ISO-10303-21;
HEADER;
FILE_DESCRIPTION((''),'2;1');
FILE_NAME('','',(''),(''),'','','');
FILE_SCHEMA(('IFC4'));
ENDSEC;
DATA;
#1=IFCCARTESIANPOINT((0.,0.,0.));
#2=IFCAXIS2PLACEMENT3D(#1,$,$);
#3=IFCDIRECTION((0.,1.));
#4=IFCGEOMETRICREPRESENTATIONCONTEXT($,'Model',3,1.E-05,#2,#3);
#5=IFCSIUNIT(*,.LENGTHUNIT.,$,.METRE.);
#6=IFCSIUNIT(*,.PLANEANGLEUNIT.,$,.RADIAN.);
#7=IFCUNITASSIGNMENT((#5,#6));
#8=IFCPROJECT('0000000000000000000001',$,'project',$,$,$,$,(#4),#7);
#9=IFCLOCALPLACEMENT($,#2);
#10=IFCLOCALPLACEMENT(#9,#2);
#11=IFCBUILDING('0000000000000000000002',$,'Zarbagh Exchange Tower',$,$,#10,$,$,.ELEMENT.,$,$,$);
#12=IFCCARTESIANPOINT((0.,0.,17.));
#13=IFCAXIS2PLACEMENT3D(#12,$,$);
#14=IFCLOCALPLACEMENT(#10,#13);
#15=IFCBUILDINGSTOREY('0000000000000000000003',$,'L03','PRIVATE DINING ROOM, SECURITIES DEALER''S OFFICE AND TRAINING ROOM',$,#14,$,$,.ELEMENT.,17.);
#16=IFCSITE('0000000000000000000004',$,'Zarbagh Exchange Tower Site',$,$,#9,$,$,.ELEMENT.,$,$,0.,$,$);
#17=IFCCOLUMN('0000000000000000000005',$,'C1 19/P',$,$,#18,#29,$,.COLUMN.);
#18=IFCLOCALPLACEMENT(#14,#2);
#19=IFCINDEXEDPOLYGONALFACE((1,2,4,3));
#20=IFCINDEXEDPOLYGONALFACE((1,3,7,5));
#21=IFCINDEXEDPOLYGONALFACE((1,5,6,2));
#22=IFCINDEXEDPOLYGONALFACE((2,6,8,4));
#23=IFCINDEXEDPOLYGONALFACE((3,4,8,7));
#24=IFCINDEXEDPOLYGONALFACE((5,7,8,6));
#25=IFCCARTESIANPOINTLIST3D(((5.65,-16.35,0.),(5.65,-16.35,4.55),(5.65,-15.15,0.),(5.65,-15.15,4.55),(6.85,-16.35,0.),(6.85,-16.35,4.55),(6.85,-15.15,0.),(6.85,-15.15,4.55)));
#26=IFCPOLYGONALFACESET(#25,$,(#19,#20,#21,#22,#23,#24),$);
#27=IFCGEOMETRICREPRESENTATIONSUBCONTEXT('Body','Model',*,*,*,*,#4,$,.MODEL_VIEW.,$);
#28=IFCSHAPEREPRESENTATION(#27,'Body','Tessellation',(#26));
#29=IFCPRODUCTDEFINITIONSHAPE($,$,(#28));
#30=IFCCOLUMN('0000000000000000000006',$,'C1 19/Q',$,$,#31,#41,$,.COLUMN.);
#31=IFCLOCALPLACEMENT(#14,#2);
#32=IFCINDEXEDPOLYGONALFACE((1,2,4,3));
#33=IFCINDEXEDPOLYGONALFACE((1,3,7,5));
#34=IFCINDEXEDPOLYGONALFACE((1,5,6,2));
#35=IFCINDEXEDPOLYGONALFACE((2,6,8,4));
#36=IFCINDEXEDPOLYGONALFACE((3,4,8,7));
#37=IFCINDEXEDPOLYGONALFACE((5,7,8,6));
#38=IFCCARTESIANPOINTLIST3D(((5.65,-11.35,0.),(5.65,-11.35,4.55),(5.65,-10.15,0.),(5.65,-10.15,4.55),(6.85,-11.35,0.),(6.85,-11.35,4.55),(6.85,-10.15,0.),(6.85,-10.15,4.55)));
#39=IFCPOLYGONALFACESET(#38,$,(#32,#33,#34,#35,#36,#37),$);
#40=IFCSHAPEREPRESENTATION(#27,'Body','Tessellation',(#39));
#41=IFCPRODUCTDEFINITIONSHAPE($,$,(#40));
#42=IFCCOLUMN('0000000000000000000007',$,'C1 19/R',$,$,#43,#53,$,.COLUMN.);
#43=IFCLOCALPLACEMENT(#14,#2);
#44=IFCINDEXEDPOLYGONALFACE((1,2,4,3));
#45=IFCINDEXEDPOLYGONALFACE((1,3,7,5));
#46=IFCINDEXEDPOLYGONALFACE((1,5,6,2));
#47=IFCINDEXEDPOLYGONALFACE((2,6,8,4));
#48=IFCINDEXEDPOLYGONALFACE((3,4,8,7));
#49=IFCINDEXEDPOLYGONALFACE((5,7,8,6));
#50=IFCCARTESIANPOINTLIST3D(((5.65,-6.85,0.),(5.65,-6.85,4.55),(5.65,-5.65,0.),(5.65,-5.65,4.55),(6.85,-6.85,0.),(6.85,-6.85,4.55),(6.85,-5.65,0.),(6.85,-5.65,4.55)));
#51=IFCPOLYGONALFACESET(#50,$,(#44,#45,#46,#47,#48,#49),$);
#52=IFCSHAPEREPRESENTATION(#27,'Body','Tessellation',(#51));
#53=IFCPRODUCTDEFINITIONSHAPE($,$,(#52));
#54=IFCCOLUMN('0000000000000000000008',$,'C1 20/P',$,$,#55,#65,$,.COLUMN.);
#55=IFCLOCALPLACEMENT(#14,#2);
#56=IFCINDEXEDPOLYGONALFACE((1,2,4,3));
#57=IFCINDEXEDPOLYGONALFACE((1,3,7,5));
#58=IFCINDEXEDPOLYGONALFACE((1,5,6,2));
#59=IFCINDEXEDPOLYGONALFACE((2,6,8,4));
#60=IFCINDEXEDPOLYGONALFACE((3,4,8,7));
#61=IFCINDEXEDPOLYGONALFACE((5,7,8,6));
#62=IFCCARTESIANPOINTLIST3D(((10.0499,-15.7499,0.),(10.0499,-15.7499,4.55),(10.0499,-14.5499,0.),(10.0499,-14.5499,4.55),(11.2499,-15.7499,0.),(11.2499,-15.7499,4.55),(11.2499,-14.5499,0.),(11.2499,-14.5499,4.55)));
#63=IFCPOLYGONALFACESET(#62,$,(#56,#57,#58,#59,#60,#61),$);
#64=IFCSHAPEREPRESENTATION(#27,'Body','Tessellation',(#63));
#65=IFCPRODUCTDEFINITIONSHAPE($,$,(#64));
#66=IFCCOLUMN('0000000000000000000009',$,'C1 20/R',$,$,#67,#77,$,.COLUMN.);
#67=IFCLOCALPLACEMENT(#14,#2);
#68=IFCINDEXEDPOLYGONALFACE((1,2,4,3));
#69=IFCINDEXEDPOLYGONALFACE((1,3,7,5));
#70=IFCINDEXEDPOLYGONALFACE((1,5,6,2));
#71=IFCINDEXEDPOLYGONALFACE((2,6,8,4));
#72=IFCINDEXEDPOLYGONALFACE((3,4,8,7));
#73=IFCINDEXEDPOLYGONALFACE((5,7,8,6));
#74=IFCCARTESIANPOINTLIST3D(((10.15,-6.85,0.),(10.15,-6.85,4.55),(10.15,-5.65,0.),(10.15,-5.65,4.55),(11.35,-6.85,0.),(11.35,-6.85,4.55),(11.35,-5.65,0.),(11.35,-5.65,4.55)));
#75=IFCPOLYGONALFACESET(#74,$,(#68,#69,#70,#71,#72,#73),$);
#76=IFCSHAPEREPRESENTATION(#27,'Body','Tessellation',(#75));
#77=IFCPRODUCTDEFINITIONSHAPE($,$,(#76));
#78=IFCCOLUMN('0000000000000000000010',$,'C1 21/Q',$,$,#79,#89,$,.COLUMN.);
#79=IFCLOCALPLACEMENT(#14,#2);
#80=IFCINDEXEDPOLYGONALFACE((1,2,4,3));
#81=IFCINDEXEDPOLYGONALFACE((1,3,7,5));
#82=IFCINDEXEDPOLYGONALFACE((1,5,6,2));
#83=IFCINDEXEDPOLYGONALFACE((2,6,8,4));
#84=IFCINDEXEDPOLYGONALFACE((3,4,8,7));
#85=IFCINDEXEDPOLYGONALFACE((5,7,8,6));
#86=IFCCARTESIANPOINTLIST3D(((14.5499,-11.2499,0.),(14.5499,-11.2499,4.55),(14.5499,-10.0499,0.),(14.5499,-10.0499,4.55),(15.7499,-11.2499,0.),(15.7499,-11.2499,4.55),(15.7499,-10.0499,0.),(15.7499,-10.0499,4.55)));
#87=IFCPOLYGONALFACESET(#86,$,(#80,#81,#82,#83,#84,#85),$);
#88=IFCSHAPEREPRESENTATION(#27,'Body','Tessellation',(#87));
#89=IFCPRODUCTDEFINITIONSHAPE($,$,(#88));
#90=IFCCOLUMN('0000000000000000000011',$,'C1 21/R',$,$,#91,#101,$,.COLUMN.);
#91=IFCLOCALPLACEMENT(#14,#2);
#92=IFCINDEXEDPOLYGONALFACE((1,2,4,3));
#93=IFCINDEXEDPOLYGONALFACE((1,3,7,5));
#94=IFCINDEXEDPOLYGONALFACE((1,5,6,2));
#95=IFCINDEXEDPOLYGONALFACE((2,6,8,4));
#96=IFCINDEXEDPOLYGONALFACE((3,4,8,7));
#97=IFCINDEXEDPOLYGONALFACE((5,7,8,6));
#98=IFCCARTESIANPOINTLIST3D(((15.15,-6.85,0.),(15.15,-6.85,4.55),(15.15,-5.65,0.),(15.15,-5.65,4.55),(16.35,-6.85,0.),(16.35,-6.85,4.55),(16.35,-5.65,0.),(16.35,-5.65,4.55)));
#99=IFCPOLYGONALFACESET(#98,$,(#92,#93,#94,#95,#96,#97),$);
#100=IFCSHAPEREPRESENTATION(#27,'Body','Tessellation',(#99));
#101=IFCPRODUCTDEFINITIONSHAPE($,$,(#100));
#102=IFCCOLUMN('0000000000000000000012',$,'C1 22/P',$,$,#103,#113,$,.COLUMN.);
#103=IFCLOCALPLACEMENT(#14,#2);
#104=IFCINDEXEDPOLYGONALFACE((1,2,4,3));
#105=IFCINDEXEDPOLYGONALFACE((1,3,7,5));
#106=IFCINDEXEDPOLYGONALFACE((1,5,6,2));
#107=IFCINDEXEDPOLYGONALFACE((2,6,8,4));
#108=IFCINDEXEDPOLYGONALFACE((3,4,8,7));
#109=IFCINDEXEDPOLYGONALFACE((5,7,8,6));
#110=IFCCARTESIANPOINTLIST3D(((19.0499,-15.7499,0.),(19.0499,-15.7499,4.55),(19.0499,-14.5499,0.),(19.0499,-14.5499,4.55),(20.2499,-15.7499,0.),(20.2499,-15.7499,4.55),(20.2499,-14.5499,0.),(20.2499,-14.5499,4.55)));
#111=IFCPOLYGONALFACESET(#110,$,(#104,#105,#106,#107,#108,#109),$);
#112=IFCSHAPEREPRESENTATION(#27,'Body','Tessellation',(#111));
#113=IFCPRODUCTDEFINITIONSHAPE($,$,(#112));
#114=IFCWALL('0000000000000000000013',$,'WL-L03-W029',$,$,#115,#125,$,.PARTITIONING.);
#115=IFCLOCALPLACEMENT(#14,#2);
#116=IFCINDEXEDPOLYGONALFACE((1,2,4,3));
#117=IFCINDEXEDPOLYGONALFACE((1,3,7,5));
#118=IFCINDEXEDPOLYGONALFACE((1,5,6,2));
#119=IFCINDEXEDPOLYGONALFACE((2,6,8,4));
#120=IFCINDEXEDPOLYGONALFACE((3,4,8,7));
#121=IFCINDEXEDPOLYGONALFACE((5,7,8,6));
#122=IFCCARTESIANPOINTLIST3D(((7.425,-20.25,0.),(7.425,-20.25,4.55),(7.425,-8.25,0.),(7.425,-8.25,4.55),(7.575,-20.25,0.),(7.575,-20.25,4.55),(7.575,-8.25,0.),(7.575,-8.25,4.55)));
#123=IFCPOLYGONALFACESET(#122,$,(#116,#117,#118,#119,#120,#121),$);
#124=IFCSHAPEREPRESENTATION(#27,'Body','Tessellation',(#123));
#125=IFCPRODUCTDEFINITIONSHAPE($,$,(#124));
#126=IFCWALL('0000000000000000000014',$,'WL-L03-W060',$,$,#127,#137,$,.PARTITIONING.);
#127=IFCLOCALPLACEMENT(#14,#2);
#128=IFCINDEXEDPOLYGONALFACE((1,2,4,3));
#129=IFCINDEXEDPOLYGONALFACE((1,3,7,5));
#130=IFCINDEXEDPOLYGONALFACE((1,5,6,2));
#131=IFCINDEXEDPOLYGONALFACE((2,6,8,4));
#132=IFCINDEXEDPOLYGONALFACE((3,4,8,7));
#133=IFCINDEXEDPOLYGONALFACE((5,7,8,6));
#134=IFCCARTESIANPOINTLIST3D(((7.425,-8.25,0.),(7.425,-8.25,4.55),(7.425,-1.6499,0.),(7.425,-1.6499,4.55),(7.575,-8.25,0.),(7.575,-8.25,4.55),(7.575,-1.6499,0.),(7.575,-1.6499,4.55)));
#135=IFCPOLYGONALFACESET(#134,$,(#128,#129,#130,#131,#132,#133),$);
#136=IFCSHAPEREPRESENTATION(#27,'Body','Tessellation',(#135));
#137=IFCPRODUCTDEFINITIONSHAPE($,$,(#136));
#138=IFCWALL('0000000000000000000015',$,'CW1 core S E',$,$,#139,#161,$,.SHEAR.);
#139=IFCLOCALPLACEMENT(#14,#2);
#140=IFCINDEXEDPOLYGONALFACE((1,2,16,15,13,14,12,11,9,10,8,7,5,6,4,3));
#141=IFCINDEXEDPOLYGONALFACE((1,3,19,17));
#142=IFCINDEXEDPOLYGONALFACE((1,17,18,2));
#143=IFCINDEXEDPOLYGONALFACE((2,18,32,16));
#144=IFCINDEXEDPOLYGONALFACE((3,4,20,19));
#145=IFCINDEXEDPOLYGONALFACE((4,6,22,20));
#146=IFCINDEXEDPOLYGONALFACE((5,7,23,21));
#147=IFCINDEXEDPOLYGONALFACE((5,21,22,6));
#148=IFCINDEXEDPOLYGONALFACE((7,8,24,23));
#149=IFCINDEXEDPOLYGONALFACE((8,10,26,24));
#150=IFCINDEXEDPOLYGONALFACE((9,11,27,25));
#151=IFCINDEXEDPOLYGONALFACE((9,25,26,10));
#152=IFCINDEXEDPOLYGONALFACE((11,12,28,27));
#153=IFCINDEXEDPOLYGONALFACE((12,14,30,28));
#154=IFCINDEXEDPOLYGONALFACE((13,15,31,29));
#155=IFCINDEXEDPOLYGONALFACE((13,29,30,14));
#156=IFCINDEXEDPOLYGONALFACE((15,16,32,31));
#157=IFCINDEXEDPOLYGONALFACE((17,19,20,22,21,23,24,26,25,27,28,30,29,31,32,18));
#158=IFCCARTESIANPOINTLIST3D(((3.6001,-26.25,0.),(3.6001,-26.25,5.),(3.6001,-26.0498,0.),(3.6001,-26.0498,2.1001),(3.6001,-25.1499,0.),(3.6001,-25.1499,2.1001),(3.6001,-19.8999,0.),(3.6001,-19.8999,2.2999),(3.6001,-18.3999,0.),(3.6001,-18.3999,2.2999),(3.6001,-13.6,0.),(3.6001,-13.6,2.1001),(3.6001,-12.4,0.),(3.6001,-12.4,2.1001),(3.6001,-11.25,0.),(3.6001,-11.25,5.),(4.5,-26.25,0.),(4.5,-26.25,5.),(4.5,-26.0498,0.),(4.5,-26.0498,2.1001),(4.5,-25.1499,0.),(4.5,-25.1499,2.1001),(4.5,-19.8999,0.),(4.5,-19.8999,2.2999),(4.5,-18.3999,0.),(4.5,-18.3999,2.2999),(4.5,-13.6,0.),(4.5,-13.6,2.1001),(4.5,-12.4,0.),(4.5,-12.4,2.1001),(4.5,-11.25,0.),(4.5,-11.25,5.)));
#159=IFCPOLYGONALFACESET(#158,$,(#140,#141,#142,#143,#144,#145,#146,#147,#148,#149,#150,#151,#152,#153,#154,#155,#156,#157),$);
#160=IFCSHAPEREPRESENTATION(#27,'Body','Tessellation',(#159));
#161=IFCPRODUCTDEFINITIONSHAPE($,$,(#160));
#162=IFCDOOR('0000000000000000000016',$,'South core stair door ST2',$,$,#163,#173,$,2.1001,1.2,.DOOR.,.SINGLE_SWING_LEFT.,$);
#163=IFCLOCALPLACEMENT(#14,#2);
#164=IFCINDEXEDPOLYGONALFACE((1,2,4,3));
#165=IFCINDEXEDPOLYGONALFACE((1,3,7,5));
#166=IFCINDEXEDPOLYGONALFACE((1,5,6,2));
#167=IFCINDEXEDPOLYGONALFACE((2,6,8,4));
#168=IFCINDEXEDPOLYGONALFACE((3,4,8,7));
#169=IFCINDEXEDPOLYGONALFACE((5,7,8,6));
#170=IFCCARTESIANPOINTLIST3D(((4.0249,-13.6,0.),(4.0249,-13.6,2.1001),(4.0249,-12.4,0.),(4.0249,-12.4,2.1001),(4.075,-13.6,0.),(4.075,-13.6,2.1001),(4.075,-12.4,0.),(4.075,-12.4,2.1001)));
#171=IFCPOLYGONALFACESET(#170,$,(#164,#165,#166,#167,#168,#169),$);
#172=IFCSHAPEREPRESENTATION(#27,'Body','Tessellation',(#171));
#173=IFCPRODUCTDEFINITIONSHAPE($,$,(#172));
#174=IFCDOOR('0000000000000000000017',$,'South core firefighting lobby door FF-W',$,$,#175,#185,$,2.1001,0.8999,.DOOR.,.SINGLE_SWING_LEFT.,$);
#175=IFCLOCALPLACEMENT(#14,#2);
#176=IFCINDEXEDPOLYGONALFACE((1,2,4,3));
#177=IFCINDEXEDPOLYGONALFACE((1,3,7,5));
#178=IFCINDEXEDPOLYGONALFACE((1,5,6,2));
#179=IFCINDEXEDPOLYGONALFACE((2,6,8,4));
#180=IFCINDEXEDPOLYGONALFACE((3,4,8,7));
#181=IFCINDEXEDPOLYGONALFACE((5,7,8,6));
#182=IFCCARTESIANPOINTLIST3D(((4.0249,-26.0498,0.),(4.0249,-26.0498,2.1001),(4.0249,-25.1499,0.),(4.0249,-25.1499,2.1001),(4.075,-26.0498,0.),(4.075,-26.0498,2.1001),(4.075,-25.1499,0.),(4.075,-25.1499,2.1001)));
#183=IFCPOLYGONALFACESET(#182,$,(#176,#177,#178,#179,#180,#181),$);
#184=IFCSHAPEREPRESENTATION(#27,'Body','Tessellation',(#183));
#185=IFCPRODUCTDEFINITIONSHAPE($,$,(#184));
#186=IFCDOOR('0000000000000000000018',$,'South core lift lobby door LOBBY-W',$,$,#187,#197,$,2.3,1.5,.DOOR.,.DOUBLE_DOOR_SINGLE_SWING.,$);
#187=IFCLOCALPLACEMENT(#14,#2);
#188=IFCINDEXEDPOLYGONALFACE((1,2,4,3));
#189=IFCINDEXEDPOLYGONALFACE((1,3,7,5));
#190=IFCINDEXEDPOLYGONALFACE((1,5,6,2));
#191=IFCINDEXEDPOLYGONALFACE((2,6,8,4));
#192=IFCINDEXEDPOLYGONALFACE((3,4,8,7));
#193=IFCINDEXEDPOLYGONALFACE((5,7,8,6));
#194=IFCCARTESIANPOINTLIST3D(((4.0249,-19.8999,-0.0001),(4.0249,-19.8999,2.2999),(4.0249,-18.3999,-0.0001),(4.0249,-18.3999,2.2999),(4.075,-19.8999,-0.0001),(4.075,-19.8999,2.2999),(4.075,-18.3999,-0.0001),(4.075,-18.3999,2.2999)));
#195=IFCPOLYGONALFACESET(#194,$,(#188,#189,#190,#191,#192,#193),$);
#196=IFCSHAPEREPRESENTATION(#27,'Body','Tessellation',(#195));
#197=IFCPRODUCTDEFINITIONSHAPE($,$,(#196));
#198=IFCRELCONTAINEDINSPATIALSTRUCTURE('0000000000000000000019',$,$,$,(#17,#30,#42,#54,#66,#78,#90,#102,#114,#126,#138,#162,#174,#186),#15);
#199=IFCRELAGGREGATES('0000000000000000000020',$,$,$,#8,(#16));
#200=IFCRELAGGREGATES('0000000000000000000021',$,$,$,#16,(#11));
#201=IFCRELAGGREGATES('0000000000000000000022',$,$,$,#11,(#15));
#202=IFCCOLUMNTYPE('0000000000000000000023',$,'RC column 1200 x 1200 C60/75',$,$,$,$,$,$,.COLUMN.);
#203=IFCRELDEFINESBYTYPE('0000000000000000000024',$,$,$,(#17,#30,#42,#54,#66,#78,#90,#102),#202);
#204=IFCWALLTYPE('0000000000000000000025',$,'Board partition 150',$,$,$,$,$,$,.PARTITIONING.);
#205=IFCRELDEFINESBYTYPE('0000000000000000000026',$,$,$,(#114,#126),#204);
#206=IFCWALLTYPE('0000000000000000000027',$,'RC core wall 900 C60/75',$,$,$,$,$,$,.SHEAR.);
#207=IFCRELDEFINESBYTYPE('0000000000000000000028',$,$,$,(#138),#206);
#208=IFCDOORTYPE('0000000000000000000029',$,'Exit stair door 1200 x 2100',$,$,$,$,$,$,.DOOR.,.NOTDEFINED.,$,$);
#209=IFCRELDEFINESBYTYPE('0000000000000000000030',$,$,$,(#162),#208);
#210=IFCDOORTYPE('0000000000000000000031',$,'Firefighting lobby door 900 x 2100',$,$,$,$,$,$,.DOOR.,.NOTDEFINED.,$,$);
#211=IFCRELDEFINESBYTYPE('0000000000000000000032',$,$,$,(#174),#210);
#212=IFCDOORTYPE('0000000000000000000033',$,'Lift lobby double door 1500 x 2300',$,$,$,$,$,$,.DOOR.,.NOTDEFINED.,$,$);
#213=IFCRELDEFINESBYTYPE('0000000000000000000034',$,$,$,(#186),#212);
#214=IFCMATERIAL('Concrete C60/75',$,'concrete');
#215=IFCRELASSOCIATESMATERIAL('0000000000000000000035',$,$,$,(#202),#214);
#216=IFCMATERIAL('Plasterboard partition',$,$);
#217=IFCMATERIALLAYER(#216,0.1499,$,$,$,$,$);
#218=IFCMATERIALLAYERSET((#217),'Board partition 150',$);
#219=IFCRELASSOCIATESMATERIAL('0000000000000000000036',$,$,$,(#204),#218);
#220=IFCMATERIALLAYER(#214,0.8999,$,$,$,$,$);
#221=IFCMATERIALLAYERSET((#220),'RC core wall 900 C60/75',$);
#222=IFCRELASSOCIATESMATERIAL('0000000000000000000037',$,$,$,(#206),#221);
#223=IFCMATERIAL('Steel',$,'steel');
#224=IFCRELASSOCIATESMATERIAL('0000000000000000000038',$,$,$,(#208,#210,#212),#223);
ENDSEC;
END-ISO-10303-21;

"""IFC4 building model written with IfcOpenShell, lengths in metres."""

from ifc_helpers import new_model, si_unit, direction, frame, frame_2d, origin, origin_2d, place, context, subcontext, project, spatial, rectangle, extrude, material, layer, layer_set, material_profile, profile_set, type_object, element, fill, save


model = new_model("IFC4")

# Units and contexts
model_context = context("Model", 3, precision=1e-05, world=origin(), true_north=direction((0.0, 1.0)))
body_context = subcontext(model_context, "Body", "Model", "MODEL_VIEW")
ifc_project = project(units=[si_unit("LENGTHUNIT", "METRE"), si_unit("PLANEANGLEUNIT", "RADIAN")], contexts=[model_context])

# Site, building, storey
site_placement = place(None, origin())
site = spatial("IfcSite", under=ifc_project, at=site_placement, Name="Zarbagh Exchange Tower Site", CompositionType="ELEMENT", RefElevation=0.0)
building_placement = place(site_placement, origin())
building = spatial("IfcBuilding", under=site, at=building_placement, Name="Zarbagh Exchange Tower", CompositionType="ELEMENT")
storey_placement = place(building_placement, frame((0.0, 0.0, 17.0)))
storey = spatial("IfcBuildingStorey", under=building, at=storey_placement, Name="L03", Description="PRIVATE DINING ROOM, SECURITIES DEALER'S OFFICE AND TRAINING ROOM", CompositionType="ELEMENT", Elevation=17.0)

# Columns
ifc_material_1 = material(Name="Concrete C60/75", Category="concrete")
ifc_material_profile = material_profile(ifc_material_1, rectangle(XDim=1.2, YDim=1.2, at=origin_2d()), Name="RC column 1200 x 1200 C60/75")
ifc_profile_set = profile_set([ifc_material_profile], Name="Concrete C60/75")
column_type = type_object("IfcColumnType", Name="RC column 1200 x 1200 C60/75", PredefinedType="COLUMN", material=ifc_profile_set)
for number, where, z_axis, x_axis, name in (
    (1, (6.25, -15.75, 0.0), (0.0, 0.0, 1.0), (1.0, 0.0, 0.0), "C1 19/P"),
    (2, (6.25, -10.75, 0.0), (0.0, 0.0, 1.0), (1.0, 0.0, 0.0), "C1 19/Q"),
    (3, (6.25, -6.25, 0.0), (0.0, 0.0, 1.0), (1.0, 0.0, 0.0), "C1 19/R"),
    (4, (10.6499, -15.1499, 0.0), (0.0, 0.0, 1.0), (1.0, 0.0, 0.0), "C1 20/P"),
    (5, (10.75, -6.25, 0.0), (0.0, 0.0, 1.0), (1.0, 0.0, 0.0), "C1 20/R"),
    (6, (15.1499, -10.6499, 0.0), (0.0, 0.0, 1.0), (1.0, 0.0, 0.0), "C1 21/Q"),
    (7, (15.75, -6.25, 0.0), (0.0, 0.0, 1.0), (1.0, 0.0, 0.0), "C1 21/R"),
    (8, (19.6499, -15.1499, 0.0), (0.0, 0.0, 1.0), (1.0, 0.0, 0.0), "C1 22/P"),
):
    element("IfcColumn", number, at=place(storey_placement, frame(where, z_axis=z_axis, x_axis=x_axis)), inside=storey, type_object=column_type, Name=name, PredefinedType="COLUMN", context=body_context, shape_type="SweptSolid", body=[
        extrude(rectangle(XDim=1.2, YDim=1.2, at=origin_2d()), origin(), (0.0, 0.0, 1.0), 4.55),
    ])

# Walls
ifc_material_2 = material(Name="Plasterboard partition")
ifc_layer_1 = layer(ifc_material_2, 0.1499)
ifc_layer_set_1 = layer_set([ifc_layer_1], Name="Board partition 150")
wall_type_1 = type_object("IfcWallType", Name="Board partition 150", PredefinedType="PARTITIONING", material=ifc_layer_set_1)
wall_1_placement = place(storey_placement, frame((7.5, -8.25, 0.0), z_axis=(0.0, 0.0, 1.0), x_axis=(0.0, -1.0, 0.0)))
element("IfcWall", 9, at=wall_1_placement, inside=storey, type_object=wall_type_1, Name="WL-L03-W029", PredefinedType="PARTITIONING", context=body_context, shape_type="SweptSolid", body=[
    extrude(rectangle(XDim=12.0, YDim=0.1499, at=frame_2d((6.0, 0.0))), origin(), (0.0, 0.0, 1.0), 4.55),
])
wall_2_placement = place(storey_placement, frame((7.5, -8.25, 0.0), z_axis=(0.0, 0.0, 1.0), x_axis=(0.0, 1.0, 0.0)))
element("IfcWall", 10, at=wall_2_placement, inside=storey, type_object=wall_type_1, Name="WL-L03-W060", PredefinedType="PARTITIONING", context=body_context, shape_type="SweptSolid", body=[
    extrude(rectangle(XDim=6.6001, YDim=0.1499, at=frame_2d((3.3, 0.0))), origin(), (0.0, 0.0, 1.0), 4.55),
])

# Wall, openings, doors
ifc_layer_2 = layer(ifc_material_1, 0.8999)
ifc_layer_set_2 = layer_set([ifc_layer_2], Name="RC core wall 900 C60/75")
wall_type_2 = type_object("IfcWallType", Name="RC core wall 900 C60/75", PredefinedType="SHEAR", material=ifc_layer_set_2)
wall_3_placement = place(storey_placement, frame((4.05, -11.25, 0.0), z_axis=(0.0, 0.0, 1.0), x_axis=(0.0, -1.0, 0.0)))
wall_3 = element("IfcWall", 11, at=wall_3_placement, inside=storey, type_object=wall_type_2, Name="CW1 core S E", PredefinedType="SHEAR", context=body_context, shape_type="SweptSolid", body=[
    extrude(rectangle(XDim=15.0, YDim=0.8999, at=frame_2d((7.5, 0.0))), origin(), (0.0, 0.0, 1.0), 5.0),
])
opening_1_placement = place(wall_3_placement, frame((7.1499, 0.0, 0.0)))
opening_1 = element("IfcOpeningElement", 12, at=opening_1_placement, cuts=wall_3, PredefinedType="OPENING", context=body_context, shape_type="SweptSolid", body=[
    extrude(rectangle(XDim=1.5, YDim=2.3, at=frame_2d((0.75, 1.1499))), frame((0.0, 0.46, 0.0), z_axis=(0.0, -1.0, 0.0), x_axis=(1.0, 0.0, 0.0)), (0.0, 0.0, 1.0), 0.9199),
])
opening_2_placement = place(wall_3_placement, frame((13.8999, 0.0, 0.0)))
opening_2 = element("IfcOpeningElement", 13, at=opening_2_placement, cuts=wall_3, PredefinedType="OPENING", context=body_context, shape_type="SweptSolid", body=[
    extrude(rectangle(XDim=0.8999, YDim=2.1001, at=frame_2d((0.45, 1.05))), frame((0.0, 0.46, 0.0), z_axis=(0.0, -1.0, 0.0), x_axis=(1.0, 0.0, 0.0)), (0.0, 0.0, 1.0), 0.9199),
])
opening_3_placement = place(wall_3_placement, frame((1.1499, 0.0, 0.0)))
opening_3 = element("IfcOpeningElement", 14, at=opening_3_placement, cuts=wall_3, PredefinedType="OPENING", context=body_context, shape_type="SweptSolid", body=[
    extrude(rectangle(XDim=1.2, YDim=2.1001, at=frame_2d((0.6001, 1.05))), frame((0.0, 0.46, 0.0), z_axis=(0.0, -1.0, 0.0), x_axis=(1.0, 0.0, 0.0)), (0.0, 0.0, 1.0), 0.9199),
])
ifc_material_3 = material(Name="Steel", Category="steel")
door_type_1 = type_object("IfcDoorType", Name="Exit stair door 1200 x 2100", OperationType="NOTDEFINED", PredefinedType="DOOR", material=ifc_material_3)
door_1_placement = place(opening_3_placement, origin())
door_1 = element("IfcDoor", 15, at=door_1_placement, inside=storey, type_object=door_type_1, Name="South core stair door ST2", OperationType="SINGLE_SWING_LEFT", OverallHeight=2.1001, OverallWidth=1.2, PredefinedType="DOOR", context=body_context, shape_type="SweptSolid", body=[
    extrude(rectangle(XDim=1.2, YDim=2.1001, at=frame_2d((0.6001, 1.05))), frame((0.0, 0.0249, 0.0), z_axis=(0.0, -1.0, 0.0), x_axis=(1.0, 0.0, 0.0)), (0.0, 0.0, 1.0), 0.05),
])
fill(opening_3, door_1)
door_type_2 = type_object("IfcDoorType", Name="Firefighting lobby door 900 x 2100", OperationType="NOTDEFINED", PredefinedType="DOOR", material=ifc_material_3)
door_2_placement = place(opening_2_placement, origin())
door_2 = element("IfcDoor", 16, at=door_2_placement, inside=storey, type_object=door_type_2, Name="South core firefighting lobby door FF-W", OperationType="SINGLE_SWING_LEFT", OverallHeight=2.1001, OverallWidth=0.8999, PredefinedType="DOOR", context=body_context, shape_type="SweptSolid", body=[
    extrude(rectangle(XDim=0.8999, YDim=2.1001, at=frame_2d((0.45, 1.05))), frame((0.0, 0.0249, 0.0), z_axis=(0.0, -1.0, 0.0), x_axis=(1.0, 0.0, 0.0)), (0.0, 0.0, 1.0), 0.05),
])
fill(opening_2, door_2)
door_type_3 = type_object("IfcDoorType", Name="Lift lobby double door 1500 x 2300", OperationType="NOTDEFINED", PredefinedType="DOOR", material=ifc_material_3)
door_3_placement = place(opening_1_placement, origin())
door_3 = element("IfcDoor", 17, at=door_3_placement, inside=storey, type_object=door_type_3, Name="South core lift lobby door LOBBY-W", OperationType="DOUBLE_DOOR_SINGLE_SWING", OverallHeight=2.3, OverallWidth=1.5, PredefinedType="DOOR", context=body_context, shape_type="SweptSolid", body=[
    extrude(rectangle(XDim=1.5, YDim=2.3, at=frame_2d((0.75, 1.1499))), frame((0.0, 0.0249, 0.0), z_axis=(0.0, -1.0, 0.0), x_axis=(1.0, 0.0, 0.0)), (0.0, 0.0, 1.0), 0.05),
])
fill(opening_1, door_3)

save(model, "model.ifc")
